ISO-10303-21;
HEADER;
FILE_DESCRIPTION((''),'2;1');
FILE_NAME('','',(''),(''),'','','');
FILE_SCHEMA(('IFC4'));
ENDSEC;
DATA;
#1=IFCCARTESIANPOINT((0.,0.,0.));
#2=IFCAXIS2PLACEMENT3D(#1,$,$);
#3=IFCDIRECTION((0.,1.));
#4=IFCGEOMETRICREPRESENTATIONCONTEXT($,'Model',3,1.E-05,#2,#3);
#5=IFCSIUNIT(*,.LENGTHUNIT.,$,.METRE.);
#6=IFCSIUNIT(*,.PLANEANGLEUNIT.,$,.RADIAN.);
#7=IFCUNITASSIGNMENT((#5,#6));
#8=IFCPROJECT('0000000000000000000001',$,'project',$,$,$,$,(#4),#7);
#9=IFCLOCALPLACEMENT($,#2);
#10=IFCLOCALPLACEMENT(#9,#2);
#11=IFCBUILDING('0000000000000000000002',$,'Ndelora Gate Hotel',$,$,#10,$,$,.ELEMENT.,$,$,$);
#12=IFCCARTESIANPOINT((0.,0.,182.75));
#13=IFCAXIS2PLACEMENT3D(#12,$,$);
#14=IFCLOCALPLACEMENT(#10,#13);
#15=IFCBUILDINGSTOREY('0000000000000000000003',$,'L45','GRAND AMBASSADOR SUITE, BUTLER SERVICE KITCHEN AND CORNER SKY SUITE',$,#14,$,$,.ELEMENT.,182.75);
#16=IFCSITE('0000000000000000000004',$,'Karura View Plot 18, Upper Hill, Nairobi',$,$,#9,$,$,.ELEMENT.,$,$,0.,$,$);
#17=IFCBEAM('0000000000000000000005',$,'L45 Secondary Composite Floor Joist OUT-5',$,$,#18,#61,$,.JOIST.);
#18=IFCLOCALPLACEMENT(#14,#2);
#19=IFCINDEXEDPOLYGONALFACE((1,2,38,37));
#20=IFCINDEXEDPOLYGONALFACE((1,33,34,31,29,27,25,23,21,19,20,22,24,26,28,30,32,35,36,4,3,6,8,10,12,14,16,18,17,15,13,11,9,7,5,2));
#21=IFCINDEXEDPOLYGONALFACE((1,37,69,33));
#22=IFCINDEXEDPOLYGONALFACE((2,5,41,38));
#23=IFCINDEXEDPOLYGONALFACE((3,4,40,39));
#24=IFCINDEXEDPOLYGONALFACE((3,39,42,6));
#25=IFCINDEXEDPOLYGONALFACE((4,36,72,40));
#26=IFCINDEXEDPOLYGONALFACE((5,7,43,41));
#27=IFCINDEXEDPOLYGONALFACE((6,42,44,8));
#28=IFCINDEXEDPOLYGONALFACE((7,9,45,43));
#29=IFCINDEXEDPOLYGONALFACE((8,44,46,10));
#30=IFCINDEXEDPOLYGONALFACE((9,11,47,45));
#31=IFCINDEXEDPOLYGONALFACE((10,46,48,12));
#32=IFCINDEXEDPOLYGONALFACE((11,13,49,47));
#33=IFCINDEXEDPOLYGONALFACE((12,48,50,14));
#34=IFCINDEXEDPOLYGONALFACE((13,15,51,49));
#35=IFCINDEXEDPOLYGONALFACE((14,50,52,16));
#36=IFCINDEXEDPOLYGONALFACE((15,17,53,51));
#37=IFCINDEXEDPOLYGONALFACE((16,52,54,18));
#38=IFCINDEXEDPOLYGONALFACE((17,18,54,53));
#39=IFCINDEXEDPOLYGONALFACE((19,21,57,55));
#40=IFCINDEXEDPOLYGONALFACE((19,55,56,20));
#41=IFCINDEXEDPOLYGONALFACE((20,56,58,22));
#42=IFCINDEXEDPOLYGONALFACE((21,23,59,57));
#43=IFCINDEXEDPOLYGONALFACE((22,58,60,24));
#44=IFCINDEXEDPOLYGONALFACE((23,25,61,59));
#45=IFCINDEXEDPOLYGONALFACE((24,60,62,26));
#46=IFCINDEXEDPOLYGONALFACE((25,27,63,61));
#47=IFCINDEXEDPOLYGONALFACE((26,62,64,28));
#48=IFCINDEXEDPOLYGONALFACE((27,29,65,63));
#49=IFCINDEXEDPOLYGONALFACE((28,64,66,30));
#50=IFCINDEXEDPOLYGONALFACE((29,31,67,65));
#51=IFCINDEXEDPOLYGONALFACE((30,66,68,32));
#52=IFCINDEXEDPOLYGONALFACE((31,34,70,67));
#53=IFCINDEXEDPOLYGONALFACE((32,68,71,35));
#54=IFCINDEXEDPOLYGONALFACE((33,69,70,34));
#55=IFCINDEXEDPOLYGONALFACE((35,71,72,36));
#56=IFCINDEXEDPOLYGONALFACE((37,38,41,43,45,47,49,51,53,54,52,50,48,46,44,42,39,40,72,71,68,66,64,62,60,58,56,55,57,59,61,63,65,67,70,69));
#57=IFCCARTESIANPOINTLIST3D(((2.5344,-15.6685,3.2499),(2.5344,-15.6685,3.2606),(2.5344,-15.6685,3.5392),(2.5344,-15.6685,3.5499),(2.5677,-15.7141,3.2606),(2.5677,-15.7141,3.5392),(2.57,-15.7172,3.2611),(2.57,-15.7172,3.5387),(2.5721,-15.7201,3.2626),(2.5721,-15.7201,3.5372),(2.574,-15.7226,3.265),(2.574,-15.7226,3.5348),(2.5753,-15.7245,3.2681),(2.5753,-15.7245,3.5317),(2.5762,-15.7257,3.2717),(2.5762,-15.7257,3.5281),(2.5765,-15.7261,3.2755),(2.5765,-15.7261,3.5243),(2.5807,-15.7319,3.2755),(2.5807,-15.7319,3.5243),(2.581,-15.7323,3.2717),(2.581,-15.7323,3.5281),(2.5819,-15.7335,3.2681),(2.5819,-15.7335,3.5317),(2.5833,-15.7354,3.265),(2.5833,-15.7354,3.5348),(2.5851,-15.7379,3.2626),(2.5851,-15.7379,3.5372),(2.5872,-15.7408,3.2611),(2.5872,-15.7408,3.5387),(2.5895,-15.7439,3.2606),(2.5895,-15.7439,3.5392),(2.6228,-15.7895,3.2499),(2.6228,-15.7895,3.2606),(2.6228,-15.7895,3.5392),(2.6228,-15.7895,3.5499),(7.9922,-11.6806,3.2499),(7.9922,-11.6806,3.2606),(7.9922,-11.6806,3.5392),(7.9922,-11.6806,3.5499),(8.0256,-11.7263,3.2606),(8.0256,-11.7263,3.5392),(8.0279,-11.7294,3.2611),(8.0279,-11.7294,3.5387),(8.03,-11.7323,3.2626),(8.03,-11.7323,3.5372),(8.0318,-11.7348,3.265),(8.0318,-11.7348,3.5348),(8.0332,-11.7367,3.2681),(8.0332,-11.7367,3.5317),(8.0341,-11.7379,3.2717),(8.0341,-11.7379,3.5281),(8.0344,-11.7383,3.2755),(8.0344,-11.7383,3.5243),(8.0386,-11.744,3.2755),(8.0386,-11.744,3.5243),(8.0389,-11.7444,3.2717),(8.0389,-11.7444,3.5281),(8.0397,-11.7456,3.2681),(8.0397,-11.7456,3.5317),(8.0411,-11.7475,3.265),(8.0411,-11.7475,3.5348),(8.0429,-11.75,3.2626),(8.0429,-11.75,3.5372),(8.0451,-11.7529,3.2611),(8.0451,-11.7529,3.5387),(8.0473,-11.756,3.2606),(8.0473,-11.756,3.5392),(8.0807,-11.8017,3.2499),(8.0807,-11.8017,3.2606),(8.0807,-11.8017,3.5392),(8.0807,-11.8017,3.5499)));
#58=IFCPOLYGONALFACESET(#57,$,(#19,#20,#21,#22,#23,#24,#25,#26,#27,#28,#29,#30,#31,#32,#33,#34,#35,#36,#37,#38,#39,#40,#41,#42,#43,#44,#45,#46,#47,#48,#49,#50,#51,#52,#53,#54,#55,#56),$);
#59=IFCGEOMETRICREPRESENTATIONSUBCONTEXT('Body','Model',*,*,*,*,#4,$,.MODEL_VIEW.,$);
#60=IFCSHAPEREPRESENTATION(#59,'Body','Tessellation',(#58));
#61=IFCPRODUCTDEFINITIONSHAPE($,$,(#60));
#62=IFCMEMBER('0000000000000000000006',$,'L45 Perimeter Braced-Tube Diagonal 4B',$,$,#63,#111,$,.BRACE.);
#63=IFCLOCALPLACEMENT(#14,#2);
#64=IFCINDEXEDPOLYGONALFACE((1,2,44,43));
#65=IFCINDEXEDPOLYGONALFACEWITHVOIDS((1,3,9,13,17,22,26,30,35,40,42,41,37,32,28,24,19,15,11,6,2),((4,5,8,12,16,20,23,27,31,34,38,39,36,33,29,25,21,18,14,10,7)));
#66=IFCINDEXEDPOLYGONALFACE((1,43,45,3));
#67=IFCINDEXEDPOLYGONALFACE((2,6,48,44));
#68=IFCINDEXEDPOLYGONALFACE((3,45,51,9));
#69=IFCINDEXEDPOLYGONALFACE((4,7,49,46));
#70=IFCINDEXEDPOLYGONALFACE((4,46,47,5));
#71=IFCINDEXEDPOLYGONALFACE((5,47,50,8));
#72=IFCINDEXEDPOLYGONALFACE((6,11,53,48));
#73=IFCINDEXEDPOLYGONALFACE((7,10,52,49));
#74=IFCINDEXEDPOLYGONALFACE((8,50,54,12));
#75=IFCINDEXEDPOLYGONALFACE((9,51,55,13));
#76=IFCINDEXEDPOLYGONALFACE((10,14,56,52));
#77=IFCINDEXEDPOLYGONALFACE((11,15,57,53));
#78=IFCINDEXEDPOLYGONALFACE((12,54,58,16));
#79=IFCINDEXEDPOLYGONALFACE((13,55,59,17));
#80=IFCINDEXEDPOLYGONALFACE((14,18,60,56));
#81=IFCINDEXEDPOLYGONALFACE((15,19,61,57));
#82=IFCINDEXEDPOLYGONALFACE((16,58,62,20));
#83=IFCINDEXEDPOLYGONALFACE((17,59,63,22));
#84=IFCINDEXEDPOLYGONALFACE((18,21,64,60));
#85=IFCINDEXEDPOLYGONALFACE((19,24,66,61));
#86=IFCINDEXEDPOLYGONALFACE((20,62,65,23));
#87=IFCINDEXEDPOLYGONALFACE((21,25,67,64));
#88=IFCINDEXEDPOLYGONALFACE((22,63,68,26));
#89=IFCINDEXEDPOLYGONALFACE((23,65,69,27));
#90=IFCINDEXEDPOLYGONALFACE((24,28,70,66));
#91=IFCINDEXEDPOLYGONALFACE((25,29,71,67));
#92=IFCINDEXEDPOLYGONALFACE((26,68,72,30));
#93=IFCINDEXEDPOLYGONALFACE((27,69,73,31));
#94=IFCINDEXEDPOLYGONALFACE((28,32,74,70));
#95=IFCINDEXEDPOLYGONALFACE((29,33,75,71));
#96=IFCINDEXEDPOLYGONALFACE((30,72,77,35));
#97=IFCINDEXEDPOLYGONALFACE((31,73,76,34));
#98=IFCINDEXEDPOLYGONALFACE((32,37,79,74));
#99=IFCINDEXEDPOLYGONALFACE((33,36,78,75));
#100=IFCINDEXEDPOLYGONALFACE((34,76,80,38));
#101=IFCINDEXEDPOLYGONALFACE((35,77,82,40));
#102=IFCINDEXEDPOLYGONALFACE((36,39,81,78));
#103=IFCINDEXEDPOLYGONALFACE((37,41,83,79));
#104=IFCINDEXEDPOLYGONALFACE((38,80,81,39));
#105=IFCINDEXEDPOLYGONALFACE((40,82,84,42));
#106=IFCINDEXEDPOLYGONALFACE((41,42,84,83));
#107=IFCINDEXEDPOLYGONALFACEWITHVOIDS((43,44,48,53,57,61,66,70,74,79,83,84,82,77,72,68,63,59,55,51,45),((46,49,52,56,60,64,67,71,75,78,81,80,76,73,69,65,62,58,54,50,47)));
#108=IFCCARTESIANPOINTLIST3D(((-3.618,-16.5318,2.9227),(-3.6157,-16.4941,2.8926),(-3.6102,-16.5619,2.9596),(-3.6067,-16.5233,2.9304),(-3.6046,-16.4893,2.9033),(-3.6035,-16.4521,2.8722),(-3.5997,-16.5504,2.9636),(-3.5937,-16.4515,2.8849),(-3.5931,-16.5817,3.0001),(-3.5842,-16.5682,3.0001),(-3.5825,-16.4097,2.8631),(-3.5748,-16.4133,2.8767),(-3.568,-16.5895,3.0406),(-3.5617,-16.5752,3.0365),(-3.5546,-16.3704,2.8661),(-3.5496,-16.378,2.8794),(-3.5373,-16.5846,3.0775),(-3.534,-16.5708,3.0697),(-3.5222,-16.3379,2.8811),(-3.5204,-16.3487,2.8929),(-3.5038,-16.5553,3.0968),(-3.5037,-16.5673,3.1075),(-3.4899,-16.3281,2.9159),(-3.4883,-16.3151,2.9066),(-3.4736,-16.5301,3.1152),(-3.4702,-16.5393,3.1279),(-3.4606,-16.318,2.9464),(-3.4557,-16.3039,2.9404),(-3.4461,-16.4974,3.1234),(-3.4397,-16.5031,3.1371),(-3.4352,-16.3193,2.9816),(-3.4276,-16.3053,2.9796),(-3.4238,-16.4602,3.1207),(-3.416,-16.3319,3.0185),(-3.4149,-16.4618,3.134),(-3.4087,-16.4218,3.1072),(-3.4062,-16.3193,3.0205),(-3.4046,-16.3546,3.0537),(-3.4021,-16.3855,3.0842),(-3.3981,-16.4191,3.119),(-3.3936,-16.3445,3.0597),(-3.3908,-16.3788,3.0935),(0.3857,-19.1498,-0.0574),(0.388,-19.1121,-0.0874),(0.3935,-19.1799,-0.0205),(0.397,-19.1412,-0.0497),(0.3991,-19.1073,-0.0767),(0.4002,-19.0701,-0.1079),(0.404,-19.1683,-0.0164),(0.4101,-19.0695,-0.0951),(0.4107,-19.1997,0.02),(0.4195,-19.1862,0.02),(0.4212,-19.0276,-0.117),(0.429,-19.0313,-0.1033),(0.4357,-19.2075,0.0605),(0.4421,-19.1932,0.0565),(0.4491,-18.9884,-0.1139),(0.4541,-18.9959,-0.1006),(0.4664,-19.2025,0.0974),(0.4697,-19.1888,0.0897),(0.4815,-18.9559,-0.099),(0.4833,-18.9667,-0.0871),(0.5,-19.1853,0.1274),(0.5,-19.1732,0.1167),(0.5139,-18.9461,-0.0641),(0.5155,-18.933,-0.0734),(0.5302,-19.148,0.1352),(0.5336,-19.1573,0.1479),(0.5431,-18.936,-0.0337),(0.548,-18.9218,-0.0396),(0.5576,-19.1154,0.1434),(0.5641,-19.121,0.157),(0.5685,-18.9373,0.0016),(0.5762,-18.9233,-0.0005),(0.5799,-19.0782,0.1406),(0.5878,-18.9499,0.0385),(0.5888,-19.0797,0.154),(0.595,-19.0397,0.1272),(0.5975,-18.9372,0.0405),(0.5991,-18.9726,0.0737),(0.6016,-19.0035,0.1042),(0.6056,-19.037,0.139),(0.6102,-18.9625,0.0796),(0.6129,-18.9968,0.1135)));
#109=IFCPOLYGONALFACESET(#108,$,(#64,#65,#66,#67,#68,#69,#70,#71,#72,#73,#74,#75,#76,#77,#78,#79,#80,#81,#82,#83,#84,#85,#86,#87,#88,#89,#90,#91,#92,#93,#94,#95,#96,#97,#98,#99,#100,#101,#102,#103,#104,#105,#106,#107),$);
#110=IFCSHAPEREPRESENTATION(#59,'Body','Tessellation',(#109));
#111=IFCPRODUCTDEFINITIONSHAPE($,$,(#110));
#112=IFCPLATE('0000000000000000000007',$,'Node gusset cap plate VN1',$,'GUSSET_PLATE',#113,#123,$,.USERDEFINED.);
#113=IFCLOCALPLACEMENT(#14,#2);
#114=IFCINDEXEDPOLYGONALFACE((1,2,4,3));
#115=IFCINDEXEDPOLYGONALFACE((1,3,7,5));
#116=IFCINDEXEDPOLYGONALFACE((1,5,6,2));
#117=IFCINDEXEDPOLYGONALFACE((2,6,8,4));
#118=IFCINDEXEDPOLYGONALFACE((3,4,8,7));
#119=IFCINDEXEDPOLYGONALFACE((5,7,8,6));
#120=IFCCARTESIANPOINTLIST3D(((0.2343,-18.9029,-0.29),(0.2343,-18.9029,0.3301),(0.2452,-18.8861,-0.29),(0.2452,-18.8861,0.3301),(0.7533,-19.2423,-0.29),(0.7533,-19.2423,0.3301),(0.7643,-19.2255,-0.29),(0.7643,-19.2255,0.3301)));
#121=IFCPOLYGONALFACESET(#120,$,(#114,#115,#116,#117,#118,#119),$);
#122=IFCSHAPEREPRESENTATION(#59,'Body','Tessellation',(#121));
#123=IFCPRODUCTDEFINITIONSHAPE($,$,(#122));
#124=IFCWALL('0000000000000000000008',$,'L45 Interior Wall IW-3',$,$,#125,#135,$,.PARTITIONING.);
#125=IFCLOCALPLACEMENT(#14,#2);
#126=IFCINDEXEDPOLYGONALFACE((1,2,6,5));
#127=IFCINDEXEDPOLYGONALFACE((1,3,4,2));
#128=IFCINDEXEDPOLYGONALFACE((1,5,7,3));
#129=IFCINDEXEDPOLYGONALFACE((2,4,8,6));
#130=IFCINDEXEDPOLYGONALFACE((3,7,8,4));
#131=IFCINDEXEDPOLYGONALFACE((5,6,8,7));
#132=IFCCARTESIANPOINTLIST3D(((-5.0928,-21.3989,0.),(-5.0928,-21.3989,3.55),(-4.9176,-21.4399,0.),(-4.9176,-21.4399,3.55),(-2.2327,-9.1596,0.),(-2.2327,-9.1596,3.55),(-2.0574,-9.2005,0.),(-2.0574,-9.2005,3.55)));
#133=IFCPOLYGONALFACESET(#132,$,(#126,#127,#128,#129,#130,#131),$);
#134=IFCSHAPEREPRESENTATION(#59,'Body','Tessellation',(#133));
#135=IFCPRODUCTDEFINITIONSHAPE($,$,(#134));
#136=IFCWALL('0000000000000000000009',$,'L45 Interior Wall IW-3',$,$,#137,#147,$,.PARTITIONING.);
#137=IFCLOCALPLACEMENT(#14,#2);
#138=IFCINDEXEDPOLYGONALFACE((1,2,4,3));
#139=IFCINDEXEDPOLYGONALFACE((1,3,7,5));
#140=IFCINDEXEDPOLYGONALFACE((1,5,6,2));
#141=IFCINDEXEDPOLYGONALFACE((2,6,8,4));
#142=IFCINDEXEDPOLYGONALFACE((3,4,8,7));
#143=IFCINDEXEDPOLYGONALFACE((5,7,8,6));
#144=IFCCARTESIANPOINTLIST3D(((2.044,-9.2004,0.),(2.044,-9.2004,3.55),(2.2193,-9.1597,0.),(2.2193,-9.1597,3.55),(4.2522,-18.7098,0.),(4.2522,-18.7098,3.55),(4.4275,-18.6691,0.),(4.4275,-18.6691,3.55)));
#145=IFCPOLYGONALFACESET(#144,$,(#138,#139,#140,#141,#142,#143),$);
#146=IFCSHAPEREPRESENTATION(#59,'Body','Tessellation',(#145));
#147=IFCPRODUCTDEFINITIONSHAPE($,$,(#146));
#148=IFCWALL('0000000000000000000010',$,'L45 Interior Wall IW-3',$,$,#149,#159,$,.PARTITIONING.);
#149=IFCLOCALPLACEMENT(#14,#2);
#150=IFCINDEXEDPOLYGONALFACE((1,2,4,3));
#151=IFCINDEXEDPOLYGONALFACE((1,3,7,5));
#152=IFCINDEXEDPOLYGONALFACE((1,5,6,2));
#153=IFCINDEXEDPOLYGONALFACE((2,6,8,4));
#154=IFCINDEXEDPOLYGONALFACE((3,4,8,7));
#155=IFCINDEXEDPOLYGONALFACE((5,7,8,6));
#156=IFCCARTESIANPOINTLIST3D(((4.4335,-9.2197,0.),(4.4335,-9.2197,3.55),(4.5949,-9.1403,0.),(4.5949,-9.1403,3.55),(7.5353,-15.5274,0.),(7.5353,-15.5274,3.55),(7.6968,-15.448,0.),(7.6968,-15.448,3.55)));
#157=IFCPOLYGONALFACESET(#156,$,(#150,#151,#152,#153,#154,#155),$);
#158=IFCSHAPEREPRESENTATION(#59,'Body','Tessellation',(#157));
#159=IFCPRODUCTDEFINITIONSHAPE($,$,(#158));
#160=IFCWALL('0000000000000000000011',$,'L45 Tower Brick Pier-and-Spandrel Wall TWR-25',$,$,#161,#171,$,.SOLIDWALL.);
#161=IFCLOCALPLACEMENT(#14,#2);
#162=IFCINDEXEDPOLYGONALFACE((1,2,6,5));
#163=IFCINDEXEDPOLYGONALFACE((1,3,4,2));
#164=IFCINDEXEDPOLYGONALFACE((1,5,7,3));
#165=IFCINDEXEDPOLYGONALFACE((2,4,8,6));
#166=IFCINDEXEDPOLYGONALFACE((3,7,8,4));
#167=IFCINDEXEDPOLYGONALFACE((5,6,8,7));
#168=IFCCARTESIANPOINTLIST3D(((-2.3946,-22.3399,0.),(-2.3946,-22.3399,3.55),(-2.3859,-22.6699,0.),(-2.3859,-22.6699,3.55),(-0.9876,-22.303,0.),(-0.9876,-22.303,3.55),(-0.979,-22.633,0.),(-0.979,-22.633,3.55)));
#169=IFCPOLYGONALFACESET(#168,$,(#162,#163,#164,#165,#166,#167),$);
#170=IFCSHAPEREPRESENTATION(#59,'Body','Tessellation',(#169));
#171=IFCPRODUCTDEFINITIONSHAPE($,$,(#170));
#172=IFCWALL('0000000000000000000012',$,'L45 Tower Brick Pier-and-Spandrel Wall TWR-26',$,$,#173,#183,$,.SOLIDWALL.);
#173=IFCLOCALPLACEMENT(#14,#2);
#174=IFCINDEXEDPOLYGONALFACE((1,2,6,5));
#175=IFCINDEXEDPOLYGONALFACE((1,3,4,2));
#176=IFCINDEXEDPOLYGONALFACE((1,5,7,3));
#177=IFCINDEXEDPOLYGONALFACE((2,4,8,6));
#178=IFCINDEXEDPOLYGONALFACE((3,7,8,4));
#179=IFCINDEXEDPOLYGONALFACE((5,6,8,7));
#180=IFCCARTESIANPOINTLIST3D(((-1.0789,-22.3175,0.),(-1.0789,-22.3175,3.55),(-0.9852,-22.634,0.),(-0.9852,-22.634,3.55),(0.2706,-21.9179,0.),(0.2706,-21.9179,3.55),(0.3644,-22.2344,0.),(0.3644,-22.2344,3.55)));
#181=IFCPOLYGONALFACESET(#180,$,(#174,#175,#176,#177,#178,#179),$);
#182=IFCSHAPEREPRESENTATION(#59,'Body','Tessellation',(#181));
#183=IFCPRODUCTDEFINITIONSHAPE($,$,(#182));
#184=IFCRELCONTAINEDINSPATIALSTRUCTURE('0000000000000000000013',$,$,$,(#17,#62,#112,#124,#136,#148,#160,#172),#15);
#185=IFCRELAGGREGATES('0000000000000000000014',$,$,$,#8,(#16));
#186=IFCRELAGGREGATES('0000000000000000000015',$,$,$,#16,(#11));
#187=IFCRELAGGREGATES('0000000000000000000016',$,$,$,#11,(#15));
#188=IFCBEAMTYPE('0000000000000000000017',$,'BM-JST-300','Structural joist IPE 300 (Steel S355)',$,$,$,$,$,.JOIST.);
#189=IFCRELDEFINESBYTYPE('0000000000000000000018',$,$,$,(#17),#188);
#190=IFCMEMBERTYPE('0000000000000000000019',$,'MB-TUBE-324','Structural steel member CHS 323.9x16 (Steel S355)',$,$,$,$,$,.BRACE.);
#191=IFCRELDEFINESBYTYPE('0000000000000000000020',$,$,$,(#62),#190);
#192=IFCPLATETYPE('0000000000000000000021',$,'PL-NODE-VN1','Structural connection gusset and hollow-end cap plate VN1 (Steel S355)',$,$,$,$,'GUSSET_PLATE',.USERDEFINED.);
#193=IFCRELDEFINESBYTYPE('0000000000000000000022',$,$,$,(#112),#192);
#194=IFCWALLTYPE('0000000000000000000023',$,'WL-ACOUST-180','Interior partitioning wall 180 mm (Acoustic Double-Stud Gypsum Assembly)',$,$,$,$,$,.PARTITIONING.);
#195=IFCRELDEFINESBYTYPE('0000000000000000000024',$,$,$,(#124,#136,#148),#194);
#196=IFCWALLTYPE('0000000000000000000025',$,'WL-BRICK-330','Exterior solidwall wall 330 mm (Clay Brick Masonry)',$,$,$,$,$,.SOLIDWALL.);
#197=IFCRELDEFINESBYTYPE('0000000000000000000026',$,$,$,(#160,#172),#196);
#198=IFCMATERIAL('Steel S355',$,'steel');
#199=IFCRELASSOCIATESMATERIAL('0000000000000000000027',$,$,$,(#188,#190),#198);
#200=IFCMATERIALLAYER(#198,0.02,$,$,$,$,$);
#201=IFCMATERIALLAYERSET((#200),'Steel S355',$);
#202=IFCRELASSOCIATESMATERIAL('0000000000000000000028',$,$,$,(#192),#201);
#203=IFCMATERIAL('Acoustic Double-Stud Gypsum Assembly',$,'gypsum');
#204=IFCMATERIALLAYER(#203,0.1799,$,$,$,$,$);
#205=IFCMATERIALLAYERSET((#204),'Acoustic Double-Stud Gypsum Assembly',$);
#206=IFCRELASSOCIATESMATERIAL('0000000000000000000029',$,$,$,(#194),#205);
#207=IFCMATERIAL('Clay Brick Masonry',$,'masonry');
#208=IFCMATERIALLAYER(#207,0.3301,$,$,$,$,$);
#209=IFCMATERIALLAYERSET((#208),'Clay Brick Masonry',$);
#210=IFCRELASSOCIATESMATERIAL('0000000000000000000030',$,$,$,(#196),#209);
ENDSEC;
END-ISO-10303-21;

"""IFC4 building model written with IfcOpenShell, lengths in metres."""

from ifc_helpers import new_model, si_unit, direction, frame, frame_2d, origin, origin_2d, place, context, subcontext, project, spatial, rectangle, hollow_circle, i_section, extrude, material, layer, layer_set, material_profile, profile_set, type_object, element, save


model = new_model("IFC4")

# Units and contexts
model_context = context("Model", 3, precision=1e-05, world=origin(), true_north=direction((0.0, 1.0)))
body_context = subcontext(model_context, "Body", "Model", "MODEL_VIEW")
ifc_project = project(units=[si_unit("LENGTHUNIT", "METRE"), si_unit("PLANEANGLEUNIT", "RADIAN")], contexts=[model_context])

# Site, building, storey
site_placement = place(None, origin())
site = spatial("IfcSite", under=ifc_project, at=site_placement, Name="Karura View Plot 18, Upper Hill, Nairobi", CompositionType="ELEMENT", RefElevation=0.0)
building_placement = place(site_placement, origin())
building = spatial("IfcBuilding", under=site, at=building_placement, Name="Ndelora Gate Hotel", CompositionType="ELEMENT")
storey_placement = place(building_placement, frame((0.0, 0.0, 182.75)))
storey = spatial("IfcBuildingStorey", under=building, at=storey_placement, Name="L45", Description="GRAND AMBASSADOR SUITE, BUTLER SERVICE KITCHEN AND CORNER SKY SUITE", CompositionType="ELEMENT", Elevation=182.75)

# Beam
ifc_material_1 = material(Name="Steel S355", Category="steel")
ifc_material_profile_1 = material_profile(ifc_material_1, i_section(OverallWidth=0.1499, OverallDepth=0.3, WebThickness=0.0071, FlangeThickness=0.0107, FilletRadius=0.0149, at=origin_2d()), Name="IPE 300")
ifc_profile_set_1 = profile_set([ifc_material_profile_1], Name="Steel S355")
beam_type_1 = type_object("IfcBeamType", Name="BM-JST-300", Description="Structural joist IPE 300 (Steel S355)", PredefinedType="JOIST", material=ifc_profile_set_1)
beam_1_placement = place(storey_placement, frame((2.5786, -15.729, 3.3999), z_axis=(0.807431, 0.589961, 0.0), x_axis=(-0.589961, 0.807431, 0.0)))
element("IfcBeam", 1, at=beam_1_placement, inside=storey, type_object=beam_type_1, Name="L45 Secondary Composite Floor Joist OUT-5", PredefinedType="JOIST", context=body_context, shape_type="SweptSolid", body=[
    extrude(i_section(OverallWidth=0.1499, OverallDepth=0.3, WebThickness=0.0071, FlangeThickness=0.0107, FilletRadius=0.0149, at=origin_2d()), origin(), (0.0, 0.0, 1.0), 6.7595),
])

# Member
ifc_material_profile_2 = material_profile(ifc_material_1, hollow_circle(Radius=0.1619, WallThickness=0.0161, at=origin_2d()), Name="CHS 323.9x16")
ifc_profile_set_2 = profile_set([ifc_material_profile_2], Name="Steel S355")
member_type = type_object("IfcMemberType", Name="MB-TUBE-324", Description="Structural steel member CHS 323.9x16 (Steel S355)", PredefinedType="BRACE", material=ifc_profile_set_2)
member_placement = place(storey_placement, frame((0.4993, -19.0642, 0.02), z_axis=(-0.710389, 0.46451, 0.528752), x_axis=(-0.54727, -0.836956, 0.0)))
element("IfcMember", 2, at=member_placement, inside=storey, type_object=member_type, Name="L45 Perimeter Braced-Tube Diagonal 4B", PredefinedType="BRACE", context=body_context, shape_type="SweptSolid", body=[
    extrude(hollow_circle(Radius=0.1619, WallThickness=0.0161, at=origin_2d()), origin(), (0.0, 0.0, 1.0), 5.636),
])

# Plate
ifc_layer_1 = layer(ifc_material_1, 0.02)
ifc_layer_set_1 = layer_set([ifc_layer_1], Name="Steel S355")
plate_type = type_object("IfcPlateType", Name="PL-NODE-VN1", Description="Structural connection gusset and hollow-end cap plate VN1 (Steel S355)", ElementType="GUSSET_PLATE", PredefinedType="USERDEFINED", material=ifc_layer_set_1)
plate_placement = place(storey_placement, frame((0.4993, -19.0642, -0.29), z_axis=(0.0, 0.0, 1.0), x_axis=(-0.836955, 0.547271, 0.0)))
element("IfcPlate", 3, at=plate_placement, inside=storey, type_object=plate_type, Name="Node gusset cap plate VN1", ObjectType="GUSSET_PLATE", PredefinedType="USERDEFINED", context=body_context, shape_type="SweptSolid", body=[
    extrude(rectangle(XDim=0.6201, YDim=0.02, at=origin_2d()), origin(), (0.0, 0.0, 1.0), 0.6201),
])

# Walls
ifc_material_2 = material(Name="Acoustic Double-Stud Gypsum Assembly", Category="gypsum")
ifc_layer_2 = layer(ifc_material_2, 0.1799)
ifc_layer_set_2 = layer_set([ifc_layer_2], Name="Acoustic Double-Stud Gypsum Assembly")
wall_type_1 = type_object("IfcWallType", Name="WL-ACOUST-180", Description="Interior partitioning wall 180 mm (Acoustic Double-Stud Gypsum Assembly)", PredefinedType="PARTITIONING", material=ifc_layer_set_2)
wall_1_placement = place(storey_placement, frame((-2.145, -9.1799, 0.0), z_axis=(0.0, 0.0, 1.0), x_axis=(-0.227553, -0.973766, 0.0)))
element("IfcWall", 4, at=wall_1_placement, inside=storey, type_object=wall_type_1, Name="L45 Interior Wall IW-3", PredefinedType="PARTITIONING", context=body_context, shape_type="SweptSolid", body=[
    extrude(rectangle(XDim=12.5691, YDim=0.1799, at=frame_2d((6.2847, 0.0))), origin(), (0.0, 0.0, 1.0), 3.55),
])
wall_2_placement = place(storey_placement, frame((2.1316, -9.1799, 0.0), z_axis=(0.0, 0.0, 1.0), x_axis=(0.226196, -0.974082, 0.0)))
element("IfcWall", 5, at=wall_2_placement, inside=storey, type_object=wall_type_1, Name="L45 Interior Wall IW-3", PredefinedType="PARTITIONING", context=body_context, shape_type="SweptSolid", body=[
    extrude(rectangle(XDim=9.7625, YDim=0.1799, at=frame_2d((4.8813, 0.0))), origin(), (0.0, 0.0, 1.0), 3.55),
])
wall_3_placement = place(storey_placement, frame((4.5142, -9.1799, 0.0), z_axis=(0.0, 0.0, 1.0), x_axis=(0.441285, -0.897367, 0.0)))
element("IfcWall", 6, at=wall_3_placement, inside=storey, type_object=wall_type_1, Name="L45 Interior Wall IW-3", PredefinedType="PARTITIONING", context=body_context, shape_type="SweptSolid", body=[
    extrude(rectangle(XDim=7.0291, YDim=0.1799, at=frame_2d((3.5146, 0.0))), origin(), (0.0, 0.0, 1.0), 3.55),
])
ifc_material_3 = material(Name="Clay Brick Masonry", Category="masonry")
ifc_layer_3 = layer(ifc_material_3, 0.3301)
ifc_layer_set_3 = layer_set([ifc_layer_3], Name="Clay Brick Masonry")
wall_type_2 = type_object("IfcWallType", Name="WL-BRICK-330", Description="Exterior solidwall wall 330 mm (Clay Brick Masonry)", PredefinedType="SOLIDWALL", material=ifc_layer_set_3)
for number, where, z_axis, x_axis, name in (
    (7, (-0.9834, -22.468, 0.0), (0.0, 0.0, 1.0), (-0.999657, -0.026193, 0.0), "L45 Tower Brick Pier-and-Spandrel Wall TWR-25"),
    (8, (0.3174, -22.0762, 0.0), (0.0, 0.0, 1.0), (-0.958842, -0.283941, 0.0), "L45 Tower Brick Pier-and-Spandrel Wall TWR-26"),
):
    element("IfcWall", number, at=place(storey_placement, frame(where, z_axis=z_axis, x_axis=x_axis)), inside=storey, type_object=wall_type_2, Name=name, PredefinedType="SOLIDWALL", context=body_context, shape_type="SweptSolid", body=[
        extrude(rectangle(XDim=1.4075, YDim=0.3301, at=frame_2d((0.7036, 0.0))), origin(), (0.0, 0.0, 1.0), 3.55),
    ])

save(model, "model.ifc")
